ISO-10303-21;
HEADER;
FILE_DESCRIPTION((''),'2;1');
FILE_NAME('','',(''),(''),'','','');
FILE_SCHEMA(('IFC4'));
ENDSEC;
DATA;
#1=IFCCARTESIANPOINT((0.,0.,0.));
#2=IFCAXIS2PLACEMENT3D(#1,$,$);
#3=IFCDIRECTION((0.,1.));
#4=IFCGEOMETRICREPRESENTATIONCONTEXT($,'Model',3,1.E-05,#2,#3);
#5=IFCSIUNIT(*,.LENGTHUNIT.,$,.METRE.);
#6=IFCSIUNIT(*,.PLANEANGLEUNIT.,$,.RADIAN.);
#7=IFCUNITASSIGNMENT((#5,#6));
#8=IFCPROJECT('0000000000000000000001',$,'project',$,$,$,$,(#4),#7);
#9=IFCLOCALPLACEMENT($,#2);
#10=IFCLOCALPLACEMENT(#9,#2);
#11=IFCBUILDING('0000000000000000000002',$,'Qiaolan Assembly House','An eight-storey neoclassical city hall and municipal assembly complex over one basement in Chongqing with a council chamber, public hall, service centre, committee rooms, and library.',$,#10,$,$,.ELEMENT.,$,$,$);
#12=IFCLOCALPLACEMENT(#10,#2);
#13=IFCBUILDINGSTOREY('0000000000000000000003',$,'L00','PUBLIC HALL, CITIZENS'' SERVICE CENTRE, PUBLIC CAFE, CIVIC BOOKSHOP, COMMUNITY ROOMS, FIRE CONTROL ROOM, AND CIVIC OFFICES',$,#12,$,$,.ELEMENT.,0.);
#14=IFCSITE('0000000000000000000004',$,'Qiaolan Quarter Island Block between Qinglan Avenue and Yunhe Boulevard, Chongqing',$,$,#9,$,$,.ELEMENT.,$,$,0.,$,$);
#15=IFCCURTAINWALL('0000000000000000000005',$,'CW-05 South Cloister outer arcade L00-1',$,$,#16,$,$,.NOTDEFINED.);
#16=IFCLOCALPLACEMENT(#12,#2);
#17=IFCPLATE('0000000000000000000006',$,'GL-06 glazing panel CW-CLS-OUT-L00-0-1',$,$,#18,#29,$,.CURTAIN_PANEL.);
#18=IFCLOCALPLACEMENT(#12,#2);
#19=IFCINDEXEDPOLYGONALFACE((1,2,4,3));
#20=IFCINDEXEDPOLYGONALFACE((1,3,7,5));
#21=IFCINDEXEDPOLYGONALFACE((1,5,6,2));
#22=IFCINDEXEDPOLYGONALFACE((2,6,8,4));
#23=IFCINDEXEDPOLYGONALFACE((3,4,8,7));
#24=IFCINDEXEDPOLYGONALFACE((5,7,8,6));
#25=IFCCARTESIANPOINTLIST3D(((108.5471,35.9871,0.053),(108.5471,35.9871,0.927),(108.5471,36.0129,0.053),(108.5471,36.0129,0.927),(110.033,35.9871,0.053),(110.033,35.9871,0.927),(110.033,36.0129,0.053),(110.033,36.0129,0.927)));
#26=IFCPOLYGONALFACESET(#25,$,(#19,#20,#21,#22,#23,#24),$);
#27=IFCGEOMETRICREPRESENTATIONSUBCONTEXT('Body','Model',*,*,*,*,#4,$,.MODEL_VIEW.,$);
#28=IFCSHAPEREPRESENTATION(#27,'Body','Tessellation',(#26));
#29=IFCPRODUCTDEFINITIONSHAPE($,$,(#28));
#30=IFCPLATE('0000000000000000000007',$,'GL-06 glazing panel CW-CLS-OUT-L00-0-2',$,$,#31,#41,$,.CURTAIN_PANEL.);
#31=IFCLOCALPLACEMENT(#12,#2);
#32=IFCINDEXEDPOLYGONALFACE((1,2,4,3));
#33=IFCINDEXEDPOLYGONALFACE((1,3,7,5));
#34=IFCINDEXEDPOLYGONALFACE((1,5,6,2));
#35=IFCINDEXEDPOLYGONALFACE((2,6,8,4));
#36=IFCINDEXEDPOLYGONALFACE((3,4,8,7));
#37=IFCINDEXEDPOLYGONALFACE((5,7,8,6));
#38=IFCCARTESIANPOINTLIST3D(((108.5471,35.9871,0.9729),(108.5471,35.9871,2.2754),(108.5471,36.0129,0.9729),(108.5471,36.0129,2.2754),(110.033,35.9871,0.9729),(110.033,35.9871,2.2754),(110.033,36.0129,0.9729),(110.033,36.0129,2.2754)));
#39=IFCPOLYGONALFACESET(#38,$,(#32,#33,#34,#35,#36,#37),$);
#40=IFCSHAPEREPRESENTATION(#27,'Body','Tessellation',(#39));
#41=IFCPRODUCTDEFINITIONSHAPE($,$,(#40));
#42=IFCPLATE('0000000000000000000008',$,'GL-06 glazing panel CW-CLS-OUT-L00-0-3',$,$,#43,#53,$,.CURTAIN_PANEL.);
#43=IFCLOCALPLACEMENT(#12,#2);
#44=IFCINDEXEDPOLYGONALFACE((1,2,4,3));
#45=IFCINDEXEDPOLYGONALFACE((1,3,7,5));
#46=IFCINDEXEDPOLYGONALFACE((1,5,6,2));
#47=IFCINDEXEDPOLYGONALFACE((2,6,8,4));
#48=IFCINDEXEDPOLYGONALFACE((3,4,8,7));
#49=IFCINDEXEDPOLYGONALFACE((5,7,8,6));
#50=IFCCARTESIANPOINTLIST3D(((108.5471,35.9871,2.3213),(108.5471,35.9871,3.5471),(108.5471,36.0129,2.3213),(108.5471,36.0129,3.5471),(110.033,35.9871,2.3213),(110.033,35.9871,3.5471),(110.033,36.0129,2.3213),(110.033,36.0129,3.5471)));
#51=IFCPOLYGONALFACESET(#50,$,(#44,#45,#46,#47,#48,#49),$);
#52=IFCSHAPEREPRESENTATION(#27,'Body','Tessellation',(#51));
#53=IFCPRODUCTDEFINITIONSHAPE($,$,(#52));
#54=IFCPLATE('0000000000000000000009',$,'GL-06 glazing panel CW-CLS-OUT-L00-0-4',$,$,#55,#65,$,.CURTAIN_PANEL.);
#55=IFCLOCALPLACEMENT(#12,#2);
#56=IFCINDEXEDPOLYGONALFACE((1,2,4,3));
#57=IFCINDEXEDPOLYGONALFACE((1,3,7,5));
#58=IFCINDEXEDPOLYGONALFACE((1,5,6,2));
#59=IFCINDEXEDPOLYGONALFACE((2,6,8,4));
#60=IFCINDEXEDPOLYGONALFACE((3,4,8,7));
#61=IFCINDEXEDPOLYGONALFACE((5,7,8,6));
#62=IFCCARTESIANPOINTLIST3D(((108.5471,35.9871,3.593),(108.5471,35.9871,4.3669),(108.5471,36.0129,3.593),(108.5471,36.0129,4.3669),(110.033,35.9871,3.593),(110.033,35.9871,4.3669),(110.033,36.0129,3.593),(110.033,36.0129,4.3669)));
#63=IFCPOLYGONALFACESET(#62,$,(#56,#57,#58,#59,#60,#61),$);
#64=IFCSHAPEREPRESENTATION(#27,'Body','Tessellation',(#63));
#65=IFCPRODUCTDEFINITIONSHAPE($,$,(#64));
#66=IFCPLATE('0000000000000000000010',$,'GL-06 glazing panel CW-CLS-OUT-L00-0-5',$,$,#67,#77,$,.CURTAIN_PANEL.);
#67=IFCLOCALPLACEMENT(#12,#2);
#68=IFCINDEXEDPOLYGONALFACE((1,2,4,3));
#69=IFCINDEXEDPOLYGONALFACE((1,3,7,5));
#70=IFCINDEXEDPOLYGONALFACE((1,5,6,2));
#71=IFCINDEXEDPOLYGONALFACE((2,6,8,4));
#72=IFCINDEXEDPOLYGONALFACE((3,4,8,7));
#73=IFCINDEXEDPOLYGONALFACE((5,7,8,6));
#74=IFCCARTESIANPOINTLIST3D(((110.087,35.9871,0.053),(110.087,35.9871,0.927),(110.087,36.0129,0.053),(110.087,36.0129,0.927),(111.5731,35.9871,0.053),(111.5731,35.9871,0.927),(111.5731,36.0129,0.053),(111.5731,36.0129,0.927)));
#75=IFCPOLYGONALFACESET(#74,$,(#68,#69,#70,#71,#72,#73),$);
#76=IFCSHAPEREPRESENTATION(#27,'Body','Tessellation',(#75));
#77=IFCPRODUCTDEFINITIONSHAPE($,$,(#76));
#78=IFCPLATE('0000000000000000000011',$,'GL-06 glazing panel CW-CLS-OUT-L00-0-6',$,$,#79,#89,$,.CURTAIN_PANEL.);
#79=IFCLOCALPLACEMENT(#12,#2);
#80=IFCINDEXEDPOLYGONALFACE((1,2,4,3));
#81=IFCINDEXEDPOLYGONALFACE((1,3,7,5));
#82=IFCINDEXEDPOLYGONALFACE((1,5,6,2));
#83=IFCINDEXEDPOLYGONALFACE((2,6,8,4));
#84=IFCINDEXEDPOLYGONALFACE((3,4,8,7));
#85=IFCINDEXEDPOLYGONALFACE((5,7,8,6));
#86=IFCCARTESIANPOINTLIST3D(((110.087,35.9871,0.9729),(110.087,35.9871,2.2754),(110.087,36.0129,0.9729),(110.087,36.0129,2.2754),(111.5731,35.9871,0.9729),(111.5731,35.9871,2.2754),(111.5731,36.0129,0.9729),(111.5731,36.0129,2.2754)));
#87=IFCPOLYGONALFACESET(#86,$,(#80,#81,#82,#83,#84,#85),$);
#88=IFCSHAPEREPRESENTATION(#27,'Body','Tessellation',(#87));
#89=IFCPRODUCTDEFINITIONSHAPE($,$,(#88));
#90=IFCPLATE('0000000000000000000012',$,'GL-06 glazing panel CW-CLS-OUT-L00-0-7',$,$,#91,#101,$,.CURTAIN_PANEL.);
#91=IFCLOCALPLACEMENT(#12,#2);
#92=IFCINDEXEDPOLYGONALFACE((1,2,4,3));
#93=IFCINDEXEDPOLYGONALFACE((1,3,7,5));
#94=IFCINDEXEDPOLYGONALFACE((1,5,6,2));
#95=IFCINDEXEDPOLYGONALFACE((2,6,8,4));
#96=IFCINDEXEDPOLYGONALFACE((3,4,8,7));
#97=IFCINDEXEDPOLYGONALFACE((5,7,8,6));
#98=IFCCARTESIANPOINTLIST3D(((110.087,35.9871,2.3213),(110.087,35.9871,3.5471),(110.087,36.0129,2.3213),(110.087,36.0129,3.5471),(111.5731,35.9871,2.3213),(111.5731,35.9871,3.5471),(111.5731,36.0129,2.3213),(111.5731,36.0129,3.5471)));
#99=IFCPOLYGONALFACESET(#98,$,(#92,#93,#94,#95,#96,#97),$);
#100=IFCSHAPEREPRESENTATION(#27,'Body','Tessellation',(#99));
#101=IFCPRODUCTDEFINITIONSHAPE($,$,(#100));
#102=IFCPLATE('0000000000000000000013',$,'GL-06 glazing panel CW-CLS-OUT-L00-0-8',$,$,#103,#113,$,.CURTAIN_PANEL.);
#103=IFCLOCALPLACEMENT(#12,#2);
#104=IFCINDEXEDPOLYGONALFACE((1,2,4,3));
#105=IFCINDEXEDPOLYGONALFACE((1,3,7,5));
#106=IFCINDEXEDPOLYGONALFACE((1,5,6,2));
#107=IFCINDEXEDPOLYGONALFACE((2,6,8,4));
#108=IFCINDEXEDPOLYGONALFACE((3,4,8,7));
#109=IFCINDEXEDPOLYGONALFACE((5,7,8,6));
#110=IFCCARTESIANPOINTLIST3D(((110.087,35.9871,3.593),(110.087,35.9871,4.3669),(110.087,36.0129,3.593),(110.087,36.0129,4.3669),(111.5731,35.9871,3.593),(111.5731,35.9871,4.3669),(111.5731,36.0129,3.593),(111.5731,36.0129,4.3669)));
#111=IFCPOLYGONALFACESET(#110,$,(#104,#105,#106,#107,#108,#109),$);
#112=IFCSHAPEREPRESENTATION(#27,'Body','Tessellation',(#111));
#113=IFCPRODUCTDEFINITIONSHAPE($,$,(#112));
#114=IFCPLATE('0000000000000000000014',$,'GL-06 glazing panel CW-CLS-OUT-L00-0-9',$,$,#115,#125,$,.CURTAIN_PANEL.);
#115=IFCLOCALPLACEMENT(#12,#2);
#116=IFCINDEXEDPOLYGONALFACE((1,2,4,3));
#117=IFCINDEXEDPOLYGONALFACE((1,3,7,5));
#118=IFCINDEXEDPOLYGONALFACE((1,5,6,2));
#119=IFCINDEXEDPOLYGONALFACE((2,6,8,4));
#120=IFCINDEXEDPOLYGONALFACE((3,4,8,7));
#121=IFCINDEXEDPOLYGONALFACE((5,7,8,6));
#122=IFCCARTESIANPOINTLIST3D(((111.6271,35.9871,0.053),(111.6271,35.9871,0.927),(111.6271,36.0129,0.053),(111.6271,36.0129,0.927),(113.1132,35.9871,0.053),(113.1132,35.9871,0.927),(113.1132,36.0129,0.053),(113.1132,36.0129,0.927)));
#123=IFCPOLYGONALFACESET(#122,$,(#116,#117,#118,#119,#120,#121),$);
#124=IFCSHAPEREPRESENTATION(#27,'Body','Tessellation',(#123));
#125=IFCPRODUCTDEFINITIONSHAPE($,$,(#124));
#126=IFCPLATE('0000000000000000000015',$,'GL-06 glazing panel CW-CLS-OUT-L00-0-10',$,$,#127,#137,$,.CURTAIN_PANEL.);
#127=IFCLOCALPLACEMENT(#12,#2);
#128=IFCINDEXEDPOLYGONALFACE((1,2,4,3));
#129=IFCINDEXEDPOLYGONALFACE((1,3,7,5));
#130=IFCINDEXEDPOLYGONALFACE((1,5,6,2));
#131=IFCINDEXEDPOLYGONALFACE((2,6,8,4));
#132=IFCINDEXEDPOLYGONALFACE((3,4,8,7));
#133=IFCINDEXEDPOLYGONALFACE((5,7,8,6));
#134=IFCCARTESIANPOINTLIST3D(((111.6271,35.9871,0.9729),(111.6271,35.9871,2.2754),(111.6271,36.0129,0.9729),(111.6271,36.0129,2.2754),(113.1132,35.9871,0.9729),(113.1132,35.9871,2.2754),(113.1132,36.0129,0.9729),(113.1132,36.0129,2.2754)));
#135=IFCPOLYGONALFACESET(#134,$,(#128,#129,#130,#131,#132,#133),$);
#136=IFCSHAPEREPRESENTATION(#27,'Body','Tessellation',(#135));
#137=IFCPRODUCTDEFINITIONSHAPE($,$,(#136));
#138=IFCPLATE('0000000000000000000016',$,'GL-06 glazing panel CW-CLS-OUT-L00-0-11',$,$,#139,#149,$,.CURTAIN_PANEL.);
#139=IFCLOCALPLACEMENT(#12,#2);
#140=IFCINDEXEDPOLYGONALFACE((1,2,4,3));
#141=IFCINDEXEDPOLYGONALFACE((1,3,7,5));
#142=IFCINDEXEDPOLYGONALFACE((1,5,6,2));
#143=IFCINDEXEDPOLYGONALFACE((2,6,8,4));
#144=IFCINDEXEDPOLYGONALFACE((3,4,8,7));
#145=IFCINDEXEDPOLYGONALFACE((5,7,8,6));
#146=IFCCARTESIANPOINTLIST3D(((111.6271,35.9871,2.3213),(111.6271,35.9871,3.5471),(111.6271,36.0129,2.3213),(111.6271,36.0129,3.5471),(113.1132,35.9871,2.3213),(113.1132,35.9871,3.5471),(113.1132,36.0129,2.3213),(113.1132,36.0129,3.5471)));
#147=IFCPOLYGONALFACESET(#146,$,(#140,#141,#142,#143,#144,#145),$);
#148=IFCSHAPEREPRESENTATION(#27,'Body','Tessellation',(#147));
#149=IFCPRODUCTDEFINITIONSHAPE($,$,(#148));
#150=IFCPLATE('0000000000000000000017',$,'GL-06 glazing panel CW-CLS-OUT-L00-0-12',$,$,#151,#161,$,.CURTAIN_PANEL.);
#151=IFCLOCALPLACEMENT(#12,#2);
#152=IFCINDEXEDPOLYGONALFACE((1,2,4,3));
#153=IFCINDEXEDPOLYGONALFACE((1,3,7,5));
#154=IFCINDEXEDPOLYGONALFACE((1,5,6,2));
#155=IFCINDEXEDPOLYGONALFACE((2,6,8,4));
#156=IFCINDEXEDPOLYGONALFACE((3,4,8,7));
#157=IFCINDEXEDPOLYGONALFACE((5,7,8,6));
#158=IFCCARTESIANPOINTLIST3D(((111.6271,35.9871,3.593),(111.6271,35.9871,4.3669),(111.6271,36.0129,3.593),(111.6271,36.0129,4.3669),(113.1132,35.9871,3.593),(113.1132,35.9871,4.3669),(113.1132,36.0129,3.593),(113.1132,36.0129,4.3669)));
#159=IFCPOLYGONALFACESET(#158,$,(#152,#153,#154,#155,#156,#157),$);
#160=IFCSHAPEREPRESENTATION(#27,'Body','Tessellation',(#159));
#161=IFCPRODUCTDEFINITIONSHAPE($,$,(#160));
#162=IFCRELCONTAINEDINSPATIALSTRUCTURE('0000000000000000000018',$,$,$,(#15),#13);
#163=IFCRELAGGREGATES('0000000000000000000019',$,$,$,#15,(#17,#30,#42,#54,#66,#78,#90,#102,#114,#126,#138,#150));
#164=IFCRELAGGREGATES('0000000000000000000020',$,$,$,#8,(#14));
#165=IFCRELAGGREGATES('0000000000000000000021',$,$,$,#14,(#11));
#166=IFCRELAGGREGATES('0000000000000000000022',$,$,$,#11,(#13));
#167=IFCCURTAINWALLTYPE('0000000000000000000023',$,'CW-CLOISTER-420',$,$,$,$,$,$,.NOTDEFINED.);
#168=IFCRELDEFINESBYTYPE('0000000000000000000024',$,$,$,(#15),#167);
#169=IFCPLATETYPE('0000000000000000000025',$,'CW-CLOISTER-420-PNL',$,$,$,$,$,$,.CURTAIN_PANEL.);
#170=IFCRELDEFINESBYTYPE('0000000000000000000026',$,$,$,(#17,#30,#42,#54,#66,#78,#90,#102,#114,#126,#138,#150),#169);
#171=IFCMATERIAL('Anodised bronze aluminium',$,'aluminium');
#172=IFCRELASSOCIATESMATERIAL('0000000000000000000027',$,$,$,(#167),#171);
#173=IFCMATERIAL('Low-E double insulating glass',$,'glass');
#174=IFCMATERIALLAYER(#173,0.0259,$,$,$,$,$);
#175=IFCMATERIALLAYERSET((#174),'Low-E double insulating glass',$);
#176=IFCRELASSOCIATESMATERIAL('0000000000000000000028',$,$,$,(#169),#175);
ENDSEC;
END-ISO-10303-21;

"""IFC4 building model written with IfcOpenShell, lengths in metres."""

from ifc_helpers import new_model, si_unit, direction, frame, frame_2d, origin, place, context, subcontext, project, spatial, rectangle, extrude, material, layer, layer_set, type_object, element, aggregate, save


model = new_model("IFC4")

# Units and contexts
model_context = context("Model", 3, precision=1e-05, world=origin(), true_north=direction((0.0, 1.0)))
body_context = subcontext(model_context, "Body", "Model", "MODEL_VIEW")
ifc_project = project(units=[si_unit("LENGTHUNIT", "METRE"), si_unit("PLANEANGLEUNIT", "RADIAN")], contexts=[model_context])

# Site, building, storey
site_placement = place(None, origin())
site = spatial("IfcSite", under=ifc_project, at=site_placement, Name="Qiaolan Quarter Island Block between Qinglan Avenue and Yunhe Boulevard, Chongqing", CompositionType="ELEMENT", RefElevation=0.0)
building_placement = place(site_placement, origin())
building = spatial("IfcBuilding", under=site, at=building_placement, Name="Qiaolan Assembly House", Description="An eight-storey neoclassical city hall and municipal assembly complex over one basement in Chongqing with a council chamber, public hall, service centre, committee rooms, and library.", CompositionType="ELEMENT")
storey_placement = place(building_placement, origin())
storey = spatial("IfcBuildingStorey", under=building, at=storey_placement, Name="L00", Description="PUBLIC HALL, CITIZENS' SERVICE CENTRE, PUBLIC CAFE, CIVIC BOOKSHOP, COMMUNITY ROOMS, FIRE CONTROL ROOM, AND CIVIC OFFICES", CompositionType="ELEMENT", Elevation=0.0)

# Curtain wall, plates
ifc_material_1 = material(Name="Anodised bronze aluminium", Category="aluminium")
curtain_wall_type = type_object("IfcCurtainWallType", Name="CW-CLOISTER-420", PredefinedType="NOTDEFINED", material=ifc_material_1)
curtain_wall_placement = place(storey_placement, origin())
curtain_wall = element("IfcCurtainWall", 1, at=curtain_wall_placement, inside=storey, type_object=curtain_wall_type, Name="CW-05 South Cloister outer arcade L00-1", PredefinedType="NOTDEFINED")
ifc_material_2 = material(Name="Low-E double insulating glass", Category="glass")
ifc_layer = layer(ifc_material_2, 0.0259)
ifc_layer_set = layer_set([ifc_layer], Name="Low-E double insulating glass")
plate_type = type_object("IfcPlateType", Name="CW-CLOISTER-420-PNL", PredefinedType="CURTAIN_PANEL", material=ifc_layer_set)
plate_1_placement = place(storey_placement, frame((108.5471, 36.0, 0.053), z_axis=(0.0, 0.0, 1.0), x_axis=(1.0, 0.0, 0.0)))
plate_1 = element("IfcPlate", 2, at=plate_1_placement, type_object=plate_type, Name="GL-06 glazing panel CW-CLS-OUT-L00-0-1", PredefinedType="CURTAIN_PANEL", context=body_context, shape_type="SweptSolid", body=[
    extrude(rectangle(XDim=1.4858, YDim=0.0259, at=frame_2d((0.7429, 0.0))), origin(), (0.0, 0.0, 1.0), 0.874),
])
plate_2_placement = place(storey_placement, frame((108.5471, 36.0, 0.9729), z_axis=(0.0, 0.0, 1.0), x_axis=(1.0, 0.0, 0.0)))
plate_2 = element("IfcPlate", 3, at=plate_2_placement, type_object=plate_type, Name="GL-06 glazing panel CW-CLS-OUT-L00-0-2", PredefinedType="CURTAIN_PANEL", context=body_context, shape_type="SweptSolid", body=[
    extrude(rectangle(XDim=1.4858, YDim=0.0259, at=frame_2d((0.7429, 0.0))), origin(), (0.0, 0.0, 1.0), 1.3025),
])
plate_3_placement = place(storey_placement, frame((108.5471, 36.0, 2.3213), z_axis=(0.0, 0.0, 1.0), x_axis=(1.0, 0.0, 0.0)))
plate_3 = element("IfcPlate", 4, at=plate_3_placement, type_object=plate_type, Name="GL-06 glazing panel CW-CLS-OUT-L00-0-3", PredefinedType="CURTAIN_PANEL", context=body_context, shape_type="SweptSolid", body=[
    extrude(rectangle(XDim=1.4858, YDim=0.0259, at=frame_2d((0.7429, 0.0))), origin(), (0.0, 0.0, 1.0), 1.2258),
])
plate_4_placement = place(storey_placement, frame((108.5471, 36.0, 3.593), z_axis=(0.0, 0.0, 1.0), x_axis=(1.0, 0.0, 0.0)))
plate_4 = element("IfcPlate", 5, at=plate_4_placement, type_object=plate_type, Name="GL-06 glazing panel CW-CLS-OUT-L00-0-4", PredefinedType="CURTAIN_PANEL", context=body_context, shape_type="SweptSolid", body=[
    extrude(rectangle(XDim=1.4858, YDim=0.0259, at=frame_2d((0.7429, 0.0))), origin(), (0.0, 0.0, 1.0), 0.7739),
])
plate_5_placement = place(storey_placement, frame((110.0869, 36.0, 0.053), z_axis=(0.0, 0.0, 1.0), x_axis=(1.0, 0.0, 0.0)))
plate_5 = element("IfcPlate", 6, at=plate_5_placement, type_object=plate_type, Name="GL-06 glazing panel CW-CLS-OUT-L00-0-5", PredefinedType="CURTAIN_PANEL", context=body_context, shape_type="SweptSolid", body=[
    extrude(rectangle(XDim=1.4861, YDim=0.0259, at=frame_2d((0.7432, 0.0))), origin(), (0.0, 0.0, 1.0), 0.874),
])
plate_6_placement = place(storey_placement, frame((110.0869, 36.0, 0.9729), z_axis=(0.0, 0.0, 1.0), x_axis=(1.0, 0.0, 0.0)))
plate_6 = element("IfcPlate", 7, at=plate_6_placement, type_object=plate_type, Name="GL-06 glazing panel CW-CLS-OUT-L00-0-6", PredefinedType="CURTAIN_PANEL", context=body_context, shape_type="SweptSolid", body=[
    extrude(rectangle(XDim=1.4861, YDim=0.0259, at=frame_2d((0.7432, 0.0))), origin(), (0.0, 0.0, 1.0), 1.3025),
])
plate_7_placement = place(storey_placement, frame((110.0869, 36.0, 2.3213), z_axis=(0.0, 0.0, 1.0), x_axis=(1.0, 0.0, 0.0)))
plate_7 = element("IfcPlate", 8, at=plate_7_placement, type_object=plate_type, Name="GL-06 glazing panel CW-CLS-OUT-L00-0-7", PredefinedType="CURTAIN_PANEL", context=body_context, shape_type="SweptSolid", body=[
    extrude(rectangle(XDim=1.4861, YDim=0.0259, at=frame_2d((0.7432, 0.0))), origin(), (0.0, 0.0, 1.0), 1.2258),
])
plate_8_placement = place(storey_placement, frame((110.0869, 36.0, 3.593), z_axis=(0.0, 0.0, 1.0), x_axis=(1.0, 0.0, 0.0)))
plate_8 = element("IfcPlate", 9, at=plate_8_placement, type_object=plate_type, Name="GL-06 glazing panel CW-CLS-OUT-L00-0-8", PredefinedType="CURTAIN_PANEL", context=body_context, shape_type="SweptSolid", body=[
    extrude(rectangle(XDim=1.4861, YDim=0.0259, at=frame_2d((0.7432, 0.0))), origin(), (0.0, 0.0, 1.0), 0.7739),
])
plate_9_placement = place(storey_placement, frame((111.627, 36.0, 0.053), z_axis=(0.0, 0.0, 1.0), x_axis=(1.0, 0.0, 0.0)))
plate_9 = element("IfcPlate", 10, at=plate_9_placement, type_object=plate_type, Name="GL-06 glazing panel CW-CLS-OUT-L00-0-9", PredefinedType="CURTAIN_PANEL", context=body_context, shape_type="SweptSolid", body=[
    extrude(rectangle(XDim=1.4861, YDim=0.0259, at=frame_2d((0.7432, 0.0))), origin(), (0.0, 0.0, 1.0), 0.874),
])
plate_10_placement = place(storey_placement, frame((111.627, 36.0, 0.9729), z_axis=(0.0, 0.0, 1.0), x_axis=(1.0, 0.0, 0.0)))
plate_10 = element("IfcPlate", 11, at=plate_10_placement, type_object=plate_type, Name="GL-06 glazing panel CW-CLS-OUT-L00-0-10", PredefinedType="CURTAIN_PANEL", context=body_context, shape_type="SweptSolid", body=[
    extrude(rectangle(XDim=1.4861, YDim=0.0259, at=frame_2d((0.7432, 0.0))), origin(), (0.0, 0.0, 1.0), 1.3025),
])
plate_11_placement = place(storey_placement, frame((111.627, 36.0, 2.3213), z_axis=(0.0, 0.0, 1.0), x_axis=(1.0, 0.0, 0.0)))
plate_11 = element("IfcPlate", 12, at=plate_11_placement, type_object=plate_type, Name="GL-06 glazing panel CW-CLS-OUT-L00-0-11", PredefinedType="CURTAIN_PANEL", context=body_context, shape_type="SweptSolid", body=[
    extrude(rectangle(XDim=1.4861, YDim=0.0259, at=frame_2d((0.7432, 0.0))), origin(), (0.0, 0.0, 1.0), 1.2258),
])
plate_12_placement = place(storey_placement, frame((111.627, 36.0, 3.593), z_axis=(0.0, 0.0, 1.0), x_axis=(1.0, 0.0, 0.0)))
plate_12 = element("IfcPlate", 13, at=plate_12_placement, type_object=plate_type, Name="GL-06 glazing panel CW-CLS-OUT-L00-0-12", PredefinedType="CURTAIN_PANEL", context=body_context, shape_type="SweptSolid", body=[
    extrude(rectangle(XDim=1.4861, YDim=0.0259, at=frame_2d((0.7432, 0.0))), origin(), (0.0, 0.0, 1.0), 0.7739),
])
aggregate(curtain_wall, [plate_1, plate_2, plate_3, plate_4, plate_5, plate_6, plate_7, plate_8, plate_9, plate_10, plate_11, plate_12])

save(model, "model.ifc")
